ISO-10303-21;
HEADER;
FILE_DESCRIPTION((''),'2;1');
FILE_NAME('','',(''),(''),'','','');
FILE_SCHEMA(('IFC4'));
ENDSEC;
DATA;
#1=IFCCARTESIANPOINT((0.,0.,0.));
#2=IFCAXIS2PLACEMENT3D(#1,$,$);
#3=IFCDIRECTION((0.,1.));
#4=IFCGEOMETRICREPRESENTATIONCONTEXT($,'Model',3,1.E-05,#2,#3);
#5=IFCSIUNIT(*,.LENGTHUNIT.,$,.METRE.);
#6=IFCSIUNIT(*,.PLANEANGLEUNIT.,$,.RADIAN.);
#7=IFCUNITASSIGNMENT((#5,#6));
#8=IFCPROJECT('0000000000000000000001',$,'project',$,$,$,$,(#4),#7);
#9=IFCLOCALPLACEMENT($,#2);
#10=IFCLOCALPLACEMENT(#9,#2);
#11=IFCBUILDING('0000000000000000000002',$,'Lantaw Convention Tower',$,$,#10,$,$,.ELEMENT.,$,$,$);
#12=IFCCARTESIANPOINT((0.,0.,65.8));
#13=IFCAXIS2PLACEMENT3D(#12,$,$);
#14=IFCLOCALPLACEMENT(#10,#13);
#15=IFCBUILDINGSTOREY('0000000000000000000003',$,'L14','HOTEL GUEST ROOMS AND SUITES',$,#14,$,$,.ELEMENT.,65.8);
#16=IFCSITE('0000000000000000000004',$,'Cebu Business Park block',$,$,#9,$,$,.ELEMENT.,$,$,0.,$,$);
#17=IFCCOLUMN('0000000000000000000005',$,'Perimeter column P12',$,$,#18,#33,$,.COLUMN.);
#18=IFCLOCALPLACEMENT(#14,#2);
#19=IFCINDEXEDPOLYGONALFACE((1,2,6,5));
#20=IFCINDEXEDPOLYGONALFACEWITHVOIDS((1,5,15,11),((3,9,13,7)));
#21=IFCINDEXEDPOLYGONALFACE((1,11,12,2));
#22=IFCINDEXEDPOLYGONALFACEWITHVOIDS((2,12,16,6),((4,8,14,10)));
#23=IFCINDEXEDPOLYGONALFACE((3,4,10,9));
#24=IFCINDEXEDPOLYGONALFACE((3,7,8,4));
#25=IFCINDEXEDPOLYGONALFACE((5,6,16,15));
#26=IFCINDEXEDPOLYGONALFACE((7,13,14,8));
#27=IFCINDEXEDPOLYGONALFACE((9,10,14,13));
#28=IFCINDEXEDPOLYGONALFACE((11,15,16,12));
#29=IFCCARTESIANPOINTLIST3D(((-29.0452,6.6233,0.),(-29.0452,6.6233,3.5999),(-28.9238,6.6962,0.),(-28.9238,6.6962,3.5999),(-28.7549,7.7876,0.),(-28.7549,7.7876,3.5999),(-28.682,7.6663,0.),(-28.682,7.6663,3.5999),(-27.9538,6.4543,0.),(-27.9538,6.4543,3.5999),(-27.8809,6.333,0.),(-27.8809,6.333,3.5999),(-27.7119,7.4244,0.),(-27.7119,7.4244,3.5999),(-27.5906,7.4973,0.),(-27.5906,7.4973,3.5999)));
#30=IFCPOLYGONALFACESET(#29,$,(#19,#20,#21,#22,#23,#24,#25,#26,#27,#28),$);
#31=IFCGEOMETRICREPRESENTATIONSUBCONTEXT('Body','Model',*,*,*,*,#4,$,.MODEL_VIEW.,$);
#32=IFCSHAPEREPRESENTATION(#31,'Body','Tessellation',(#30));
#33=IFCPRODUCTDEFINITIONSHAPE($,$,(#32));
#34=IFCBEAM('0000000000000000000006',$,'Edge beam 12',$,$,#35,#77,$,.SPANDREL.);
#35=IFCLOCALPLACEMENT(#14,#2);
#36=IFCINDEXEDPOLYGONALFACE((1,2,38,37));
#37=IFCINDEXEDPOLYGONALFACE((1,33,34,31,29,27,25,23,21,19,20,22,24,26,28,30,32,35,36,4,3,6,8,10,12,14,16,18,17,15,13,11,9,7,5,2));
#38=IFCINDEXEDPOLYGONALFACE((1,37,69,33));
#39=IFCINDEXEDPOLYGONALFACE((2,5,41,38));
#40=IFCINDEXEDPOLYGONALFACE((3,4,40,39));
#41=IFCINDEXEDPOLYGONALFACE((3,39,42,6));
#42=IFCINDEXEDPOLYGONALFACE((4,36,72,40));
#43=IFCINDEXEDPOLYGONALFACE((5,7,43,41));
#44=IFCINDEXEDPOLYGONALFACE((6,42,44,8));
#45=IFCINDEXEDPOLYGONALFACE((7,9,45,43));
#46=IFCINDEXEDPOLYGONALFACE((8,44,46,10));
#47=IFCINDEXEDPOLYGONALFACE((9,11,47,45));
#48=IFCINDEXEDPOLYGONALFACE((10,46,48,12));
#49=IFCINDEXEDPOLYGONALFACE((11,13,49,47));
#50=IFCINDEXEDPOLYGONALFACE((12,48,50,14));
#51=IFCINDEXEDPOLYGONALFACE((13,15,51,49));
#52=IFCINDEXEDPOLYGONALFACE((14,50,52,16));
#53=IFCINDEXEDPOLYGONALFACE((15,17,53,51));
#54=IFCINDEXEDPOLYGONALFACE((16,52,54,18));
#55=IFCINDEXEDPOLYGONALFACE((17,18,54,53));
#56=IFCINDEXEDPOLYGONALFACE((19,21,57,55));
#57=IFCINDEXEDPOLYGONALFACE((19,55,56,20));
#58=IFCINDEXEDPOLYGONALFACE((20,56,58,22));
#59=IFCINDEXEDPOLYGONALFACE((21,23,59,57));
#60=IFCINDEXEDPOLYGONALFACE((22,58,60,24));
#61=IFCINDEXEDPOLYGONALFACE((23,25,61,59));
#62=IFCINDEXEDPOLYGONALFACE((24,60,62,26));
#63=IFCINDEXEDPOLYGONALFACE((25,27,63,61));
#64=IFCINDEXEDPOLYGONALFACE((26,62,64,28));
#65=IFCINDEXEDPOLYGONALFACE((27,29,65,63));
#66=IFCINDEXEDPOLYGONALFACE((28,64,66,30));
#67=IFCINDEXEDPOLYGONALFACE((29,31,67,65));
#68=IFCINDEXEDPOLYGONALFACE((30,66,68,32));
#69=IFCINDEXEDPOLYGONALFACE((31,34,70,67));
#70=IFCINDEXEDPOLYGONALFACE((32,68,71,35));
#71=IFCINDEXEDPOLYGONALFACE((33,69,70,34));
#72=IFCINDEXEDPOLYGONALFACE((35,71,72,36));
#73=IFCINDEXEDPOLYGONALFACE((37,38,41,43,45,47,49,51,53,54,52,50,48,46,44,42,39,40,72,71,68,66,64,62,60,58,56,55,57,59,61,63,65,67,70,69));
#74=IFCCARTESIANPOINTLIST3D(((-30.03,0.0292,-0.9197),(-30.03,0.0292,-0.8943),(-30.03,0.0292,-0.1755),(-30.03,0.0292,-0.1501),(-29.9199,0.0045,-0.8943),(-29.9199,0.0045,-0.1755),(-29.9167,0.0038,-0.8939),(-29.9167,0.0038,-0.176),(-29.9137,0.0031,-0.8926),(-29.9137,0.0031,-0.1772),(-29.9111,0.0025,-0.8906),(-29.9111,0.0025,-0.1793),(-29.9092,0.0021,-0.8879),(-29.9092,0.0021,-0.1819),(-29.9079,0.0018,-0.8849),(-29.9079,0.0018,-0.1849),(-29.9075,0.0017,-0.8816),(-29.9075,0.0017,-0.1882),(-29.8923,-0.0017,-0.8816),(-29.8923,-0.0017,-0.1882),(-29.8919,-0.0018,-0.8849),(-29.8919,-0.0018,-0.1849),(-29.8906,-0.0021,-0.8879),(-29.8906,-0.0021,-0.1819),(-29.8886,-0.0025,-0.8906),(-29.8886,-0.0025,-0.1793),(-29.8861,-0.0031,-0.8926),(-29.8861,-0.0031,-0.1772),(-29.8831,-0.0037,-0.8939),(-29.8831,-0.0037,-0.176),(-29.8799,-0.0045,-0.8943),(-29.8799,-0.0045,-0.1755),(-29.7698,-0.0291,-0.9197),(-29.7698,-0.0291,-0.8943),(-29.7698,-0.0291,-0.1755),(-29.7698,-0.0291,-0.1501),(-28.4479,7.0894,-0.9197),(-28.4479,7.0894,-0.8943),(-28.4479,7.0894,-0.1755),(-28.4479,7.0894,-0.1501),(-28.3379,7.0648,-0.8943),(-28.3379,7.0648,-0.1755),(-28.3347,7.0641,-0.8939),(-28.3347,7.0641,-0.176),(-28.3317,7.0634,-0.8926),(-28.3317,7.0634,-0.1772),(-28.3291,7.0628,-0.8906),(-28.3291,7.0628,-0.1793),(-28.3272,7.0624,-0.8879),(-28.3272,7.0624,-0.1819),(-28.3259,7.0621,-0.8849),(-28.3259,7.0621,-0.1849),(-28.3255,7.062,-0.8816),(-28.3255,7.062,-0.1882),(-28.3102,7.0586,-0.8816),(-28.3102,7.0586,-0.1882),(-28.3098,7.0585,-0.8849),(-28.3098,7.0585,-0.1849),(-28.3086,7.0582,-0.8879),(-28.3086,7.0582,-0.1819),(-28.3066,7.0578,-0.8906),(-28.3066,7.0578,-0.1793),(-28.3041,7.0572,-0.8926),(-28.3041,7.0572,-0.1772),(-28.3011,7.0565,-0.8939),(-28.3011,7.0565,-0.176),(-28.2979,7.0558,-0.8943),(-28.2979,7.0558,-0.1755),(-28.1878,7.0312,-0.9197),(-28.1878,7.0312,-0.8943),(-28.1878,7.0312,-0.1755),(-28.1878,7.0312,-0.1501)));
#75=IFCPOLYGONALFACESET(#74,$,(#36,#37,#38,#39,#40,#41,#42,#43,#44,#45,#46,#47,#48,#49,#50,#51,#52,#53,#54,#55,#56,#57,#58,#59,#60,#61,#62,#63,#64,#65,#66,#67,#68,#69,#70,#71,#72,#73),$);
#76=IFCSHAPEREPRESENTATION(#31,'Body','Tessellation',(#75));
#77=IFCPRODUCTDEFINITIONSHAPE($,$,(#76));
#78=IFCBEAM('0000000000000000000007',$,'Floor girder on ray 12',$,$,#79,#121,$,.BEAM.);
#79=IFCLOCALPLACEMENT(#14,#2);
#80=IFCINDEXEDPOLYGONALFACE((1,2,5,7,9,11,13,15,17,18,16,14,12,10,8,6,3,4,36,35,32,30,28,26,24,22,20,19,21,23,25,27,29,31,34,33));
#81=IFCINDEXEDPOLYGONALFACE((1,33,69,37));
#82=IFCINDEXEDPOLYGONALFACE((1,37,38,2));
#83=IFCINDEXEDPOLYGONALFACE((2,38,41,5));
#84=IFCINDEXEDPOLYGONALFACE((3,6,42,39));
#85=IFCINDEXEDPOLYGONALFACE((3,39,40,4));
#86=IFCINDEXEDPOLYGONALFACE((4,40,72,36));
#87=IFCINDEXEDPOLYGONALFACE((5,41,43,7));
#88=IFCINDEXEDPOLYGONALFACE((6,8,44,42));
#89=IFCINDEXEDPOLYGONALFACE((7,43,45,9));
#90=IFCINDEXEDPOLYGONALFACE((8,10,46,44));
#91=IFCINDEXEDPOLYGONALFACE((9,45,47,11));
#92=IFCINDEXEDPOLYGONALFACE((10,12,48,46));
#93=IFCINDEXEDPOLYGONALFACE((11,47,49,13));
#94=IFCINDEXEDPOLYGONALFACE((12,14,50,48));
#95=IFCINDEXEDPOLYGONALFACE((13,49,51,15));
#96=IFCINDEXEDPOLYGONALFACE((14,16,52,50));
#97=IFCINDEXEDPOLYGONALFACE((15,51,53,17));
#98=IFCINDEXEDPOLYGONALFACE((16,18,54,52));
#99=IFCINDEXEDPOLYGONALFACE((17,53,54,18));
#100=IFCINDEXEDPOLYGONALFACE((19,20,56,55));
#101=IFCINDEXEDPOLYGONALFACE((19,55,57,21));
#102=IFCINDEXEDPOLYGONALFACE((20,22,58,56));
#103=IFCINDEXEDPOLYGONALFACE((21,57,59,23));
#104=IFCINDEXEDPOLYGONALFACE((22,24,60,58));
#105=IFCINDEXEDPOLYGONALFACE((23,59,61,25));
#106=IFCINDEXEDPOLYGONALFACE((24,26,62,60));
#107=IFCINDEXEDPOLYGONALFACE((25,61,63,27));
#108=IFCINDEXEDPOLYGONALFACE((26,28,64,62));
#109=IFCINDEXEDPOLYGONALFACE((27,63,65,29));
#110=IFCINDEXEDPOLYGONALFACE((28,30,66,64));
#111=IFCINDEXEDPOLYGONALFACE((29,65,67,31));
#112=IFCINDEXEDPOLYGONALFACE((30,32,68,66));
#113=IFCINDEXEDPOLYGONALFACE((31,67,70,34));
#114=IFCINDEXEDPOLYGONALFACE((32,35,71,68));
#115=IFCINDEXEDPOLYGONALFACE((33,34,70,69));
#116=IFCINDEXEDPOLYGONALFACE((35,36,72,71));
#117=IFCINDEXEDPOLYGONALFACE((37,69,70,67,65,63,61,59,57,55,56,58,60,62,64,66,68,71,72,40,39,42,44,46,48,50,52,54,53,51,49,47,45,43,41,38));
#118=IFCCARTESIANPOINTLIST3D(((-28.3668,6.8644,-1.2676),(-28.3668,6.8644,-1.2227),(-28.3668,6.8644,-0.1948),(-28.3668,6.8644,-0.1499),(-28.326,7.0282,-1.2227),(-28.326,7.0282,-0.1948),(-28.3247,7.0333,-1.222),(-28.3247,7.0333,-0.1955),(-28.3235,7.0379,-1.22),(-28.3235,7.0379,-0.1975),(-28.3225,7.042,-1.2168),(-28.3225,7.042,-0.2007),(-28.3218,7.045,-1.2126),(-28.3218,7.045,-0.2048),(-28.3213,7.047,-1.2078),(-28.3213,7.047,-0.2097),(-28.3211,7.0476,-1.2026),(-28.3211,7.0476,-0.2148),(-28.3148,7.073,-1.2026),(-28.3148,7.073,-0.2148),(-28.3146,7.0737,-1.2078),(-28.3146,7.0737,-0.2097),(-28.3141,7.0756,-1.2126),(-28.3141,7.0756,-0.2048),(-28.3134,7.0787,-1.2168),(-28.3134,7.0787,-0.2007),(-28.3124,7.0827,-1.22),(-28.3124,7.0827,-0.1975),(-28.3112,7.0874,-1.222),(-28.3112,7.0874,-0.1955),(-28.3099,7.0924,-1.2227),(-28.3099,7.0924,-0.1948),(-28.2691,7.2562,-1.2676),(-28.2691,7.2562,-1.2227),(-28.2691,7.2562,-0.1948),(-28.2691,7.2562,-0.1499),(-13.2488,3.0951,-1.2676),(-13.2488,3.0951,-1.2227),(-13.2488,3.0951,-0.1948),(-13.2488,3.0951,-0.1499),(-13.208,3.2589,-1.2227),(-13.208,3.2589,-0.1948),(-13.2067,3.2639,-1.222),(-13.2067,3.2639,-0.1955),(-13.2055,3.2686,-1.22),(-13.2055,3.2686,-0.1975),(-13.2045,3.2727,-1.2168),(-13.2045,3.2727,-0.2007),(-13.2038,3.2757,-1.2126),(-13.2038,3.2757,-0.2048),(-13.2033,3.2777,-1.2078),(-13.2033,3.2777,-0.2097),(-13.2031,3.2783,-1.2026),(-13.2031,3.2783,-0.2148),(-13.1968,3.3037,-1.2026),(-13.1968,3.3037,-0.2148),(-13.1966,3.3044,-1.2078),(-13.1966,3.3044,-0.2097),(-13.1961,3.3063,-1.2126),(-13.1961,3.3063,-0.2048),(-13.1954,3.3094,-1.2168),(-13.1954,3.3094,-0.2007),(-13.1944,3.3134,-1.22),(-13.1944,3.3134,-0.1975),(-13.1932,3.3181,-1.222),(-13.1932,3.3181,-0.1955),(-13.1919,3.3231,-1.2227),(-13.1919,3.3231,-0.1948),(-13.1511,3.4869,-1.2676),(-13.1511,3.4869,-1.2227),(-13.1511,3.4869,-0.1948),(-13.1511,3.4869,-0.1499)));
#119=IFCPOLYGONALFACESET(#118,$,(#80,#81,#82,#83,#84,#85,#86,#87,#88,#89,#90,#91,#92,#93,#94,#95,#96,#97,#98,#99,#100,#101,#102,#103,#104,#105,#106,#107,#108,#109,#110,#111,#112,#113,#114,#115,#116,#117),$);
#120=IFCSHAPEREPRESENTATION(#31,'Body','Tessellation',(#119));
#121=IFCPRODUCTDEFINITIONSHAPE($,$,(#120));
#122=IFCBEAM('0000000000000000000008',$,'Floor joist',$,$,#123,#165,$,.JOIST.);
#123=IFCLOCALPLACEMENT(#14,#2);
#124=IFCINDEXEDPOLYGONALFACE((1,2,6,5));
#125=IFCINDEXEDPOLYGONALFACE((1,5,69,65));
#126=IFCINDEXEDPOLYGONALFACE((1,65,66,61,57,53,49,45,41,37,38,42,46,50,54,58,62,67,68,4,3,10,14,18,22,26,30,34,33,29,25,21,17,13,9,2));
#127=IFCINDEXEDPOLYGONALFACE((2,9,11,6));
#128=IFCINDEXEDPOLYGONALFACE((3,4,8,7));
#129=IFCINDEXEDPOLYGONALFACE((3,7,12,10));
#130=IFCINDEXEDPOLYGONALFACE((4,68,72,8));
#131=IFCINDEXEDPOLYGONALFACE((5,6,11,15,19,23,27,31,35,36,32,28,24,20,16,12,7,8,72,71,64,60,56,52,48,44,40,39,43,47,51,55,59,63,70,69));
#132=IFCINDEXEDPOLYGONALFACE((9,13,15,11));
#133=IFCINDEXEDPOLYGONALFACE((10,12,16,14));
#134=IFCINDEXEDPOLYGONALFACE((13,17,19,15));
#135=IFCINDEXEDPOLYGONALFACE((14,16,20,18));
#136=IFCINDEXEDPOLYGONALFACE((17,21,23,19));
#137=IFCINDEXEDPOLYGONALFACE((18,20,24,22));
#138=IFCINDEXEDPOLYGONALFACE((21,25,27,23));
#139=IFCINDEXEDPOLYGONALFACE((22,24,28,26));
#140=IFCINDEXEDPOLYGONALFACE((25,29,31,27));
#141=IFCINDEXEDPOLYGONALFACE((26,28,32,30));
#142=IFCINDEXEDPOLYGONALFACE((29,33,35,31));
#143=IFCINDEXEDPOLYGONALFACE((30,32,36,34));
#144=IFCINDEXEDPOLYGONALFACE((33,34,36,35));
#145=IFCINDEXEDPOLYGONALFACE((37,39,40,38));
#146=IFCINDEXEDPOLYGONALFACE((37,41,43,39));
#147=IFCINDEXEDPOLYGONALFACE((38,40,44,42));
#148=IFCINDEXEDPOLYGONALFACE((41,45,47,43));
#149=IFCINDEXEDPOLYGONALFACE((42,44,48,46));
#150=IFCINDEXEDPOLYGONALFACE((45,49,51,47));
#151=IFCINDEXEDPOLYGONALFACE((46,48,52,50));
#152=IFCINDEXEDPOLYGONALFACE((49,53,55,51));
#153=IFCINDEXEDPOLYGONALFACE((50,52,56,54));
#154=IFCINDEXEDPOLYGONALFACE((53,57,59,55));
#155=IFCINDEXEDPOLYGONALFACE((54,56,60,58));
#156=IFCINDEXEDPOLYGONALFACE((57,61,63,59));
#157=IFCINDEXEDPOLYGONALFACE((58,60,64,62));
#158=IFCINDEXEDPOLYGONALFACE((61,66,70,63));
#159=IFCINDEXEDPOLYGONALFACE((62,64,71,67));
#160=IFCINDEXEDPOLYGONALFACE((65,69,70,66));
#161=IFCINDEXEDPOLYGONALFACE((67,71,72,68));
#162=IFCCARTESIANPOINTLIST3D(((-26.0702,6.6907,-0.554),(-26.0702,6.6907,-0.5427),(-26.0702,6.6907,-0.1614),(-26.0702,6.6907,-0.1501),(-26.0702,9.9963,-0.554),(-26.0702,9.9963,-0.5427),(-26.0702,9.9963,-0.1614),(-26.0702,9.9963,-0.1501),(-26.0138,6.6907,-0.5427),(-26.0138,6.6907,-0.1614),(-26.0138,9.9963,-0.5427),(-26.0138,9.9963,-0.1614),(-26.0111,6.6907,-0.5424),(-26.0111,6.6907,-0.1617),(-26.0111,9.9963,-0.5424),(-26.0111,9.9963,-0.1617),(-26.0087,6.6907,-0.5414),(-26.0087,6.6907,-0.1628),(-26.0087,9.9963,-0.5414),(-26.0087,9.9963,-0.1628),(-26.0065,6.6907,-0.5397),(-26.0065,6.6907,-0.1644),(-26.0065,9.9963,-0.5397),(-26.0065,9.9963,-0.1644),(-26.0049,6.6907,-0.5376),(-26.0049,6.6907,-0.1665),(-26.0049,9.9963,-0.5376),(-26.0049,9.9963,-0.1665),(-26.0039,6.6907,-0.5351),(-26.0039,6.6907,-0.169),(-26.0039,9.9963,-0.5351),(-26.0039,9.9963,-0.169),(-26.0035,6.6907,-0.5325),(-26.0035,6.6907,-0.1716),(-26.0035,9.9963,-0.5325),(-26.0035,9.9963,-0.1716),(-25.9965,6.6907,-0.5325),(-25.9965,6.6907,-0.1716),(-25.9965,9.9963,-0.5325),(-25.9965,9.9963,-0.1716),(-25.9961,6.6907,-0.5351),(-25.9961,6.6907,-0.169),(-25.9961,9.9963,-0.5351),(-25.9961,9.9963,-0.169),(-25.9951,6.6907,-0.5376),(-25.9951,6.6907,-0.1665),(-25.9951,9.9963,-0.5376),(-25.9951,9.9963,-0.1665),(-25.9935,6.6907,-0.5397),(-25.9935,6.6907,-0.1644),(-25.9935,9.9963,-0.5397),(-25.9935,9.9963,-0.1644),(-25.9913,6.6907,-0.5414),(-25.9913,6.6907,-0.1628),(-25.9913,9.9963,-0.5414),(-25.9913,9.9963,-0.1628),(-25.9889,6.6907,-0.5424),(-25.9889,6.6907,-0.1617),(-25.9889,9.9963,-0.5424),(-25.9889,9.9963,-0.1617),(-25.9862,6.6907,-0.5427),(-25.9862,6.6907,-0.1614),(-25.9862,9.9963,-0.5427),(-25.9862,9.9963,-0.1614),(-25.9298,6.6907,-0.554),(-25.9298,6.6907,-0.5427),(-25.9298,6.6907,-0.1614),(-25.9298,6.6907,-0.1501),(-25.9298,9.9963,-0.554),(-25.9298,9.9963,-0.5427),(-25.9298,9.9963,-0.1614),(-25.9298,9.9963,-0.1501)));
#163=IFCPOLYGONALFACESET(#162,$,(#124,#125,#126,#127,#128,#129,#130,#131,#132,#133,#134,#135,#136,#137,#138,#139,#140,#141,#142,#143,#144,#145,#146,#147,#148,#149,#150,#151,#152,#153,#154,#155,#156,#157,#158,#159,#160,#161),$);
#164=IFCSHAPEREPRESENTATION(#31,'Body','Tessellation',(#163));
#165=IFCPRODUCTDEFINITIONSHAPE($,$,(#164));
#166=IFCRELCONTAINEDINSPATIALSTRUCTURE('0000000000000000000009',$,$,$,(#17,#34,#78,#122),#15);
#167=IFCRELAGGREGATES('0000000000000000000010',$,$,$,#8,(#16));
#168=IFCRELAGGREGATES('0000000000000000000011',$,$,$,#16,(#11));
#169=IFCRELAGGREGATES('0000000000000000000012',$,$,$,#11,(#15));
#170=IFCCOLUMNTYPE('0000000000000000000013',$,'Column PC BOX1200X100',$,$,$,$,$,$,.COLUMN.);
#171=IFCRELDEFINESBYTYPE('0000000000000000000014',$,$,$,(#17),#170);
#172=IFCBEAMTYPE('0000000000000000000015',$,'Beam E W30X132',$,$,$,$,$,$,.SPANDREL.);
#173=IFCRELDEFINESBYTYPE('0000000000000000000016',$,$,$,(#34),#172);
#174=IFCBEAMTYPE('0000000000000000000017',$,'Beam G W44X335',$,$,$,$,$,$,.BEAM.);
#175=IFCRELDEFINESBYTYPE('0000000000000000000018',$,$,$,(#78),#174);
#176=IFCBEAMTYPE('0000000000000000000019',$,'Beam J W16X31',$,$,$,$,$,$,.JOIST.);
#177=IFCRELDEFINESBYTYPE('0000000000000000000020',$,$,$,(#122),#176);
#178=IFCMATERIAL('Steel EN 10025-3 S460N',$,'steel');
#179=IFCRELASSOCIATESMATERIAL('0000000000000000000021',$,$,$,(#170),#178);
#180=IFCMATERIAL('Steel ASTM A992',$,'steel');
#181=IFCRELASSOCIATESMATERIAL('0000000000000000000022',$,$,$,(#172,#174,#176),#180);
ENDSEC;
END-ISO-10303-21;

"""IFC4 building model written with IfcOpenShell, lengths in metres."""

from ifc_helpers import new_model, si_unit, direction, frame, origin, origin_2d, place, context, subcontext, project, spatial, rectangle, hollow_rectangle, i_section, extrude, material, material_profile, profile_set, type_object, element, save


model = new_model("IFC4")

# Units and contexts
model_context = context("Model", 3, precision=1e-05, world=origin(), true_north=direction((0.0, 1.0)))
body_context = subcontext(model_context, "Body", "Model", "MODEL_VIEW")
ifc_project = project(units=[si_unit("LENGTHUNIT", "METRE"), si_unit("PLANEANGLEUNIT", "RADIAN")], contexts=[model_context])

# Site, building, storey
site_placement = place(None, origin())
site = spatial("IfcSite", under=ifc_project, at=site_placement, Name="Cebu Business Park block", CompositionType="ELEMENT", RefElevation=0.0)
building_placement = place(site_placement, origin())
building = spatial("IfcBuilding", under=site, at=building_placement, Name="Lantaw Convention Tower", CompositionType="ELEMENT")
storey_placement = place(building_placement, frame((0.0, 0.0, 65.8)))
storey = spatial("IfcBuildingStorey", under=building, at=storey_placement, Name="L14", Description="HOTEL GUEST ROOMS AND SUITES", CompositionType="ELEMENT", Elevation=65.8)

# Column
ifc_material_1 = material(Name="Steel EN 10025-3 S460N", Category="steel")
ifc_material_profile_1 = material_profile(ifc_material_1, hollow_rectangle(XDim=1.2, YDim=1.2, WallThickness=0.1001, at=origin_2d()), Name="BOX1200X100")
ifc_material_2 = material(Name="Concrete C60/75", Category="concrete")
ifc_material_profile_2 = material_profile(ifc_material_2, rectangle(XDim=1.0, YDim=1.0, at=origin_2d()), Name="Concrete fill of BOX1200X100")
ifc_profile_set_1 = profile_set([ifc_material_profile_1, ifc_material_profile_2], Name="Steel EN 10025-3 S460N")
column_type = type_object("IfcColumnType", Name="Column PC BOX1200X100", PredefinedType="COLUMN", material=ifc_profile_set_1)
column_placement = place(storey_placement, frame((-28.3179, 7.0603, 0.0), z_axis=(0.0, 0.0, 1.0), x_axis=(0.241922, 0.970296, 0.0)))
element("IfcColumn", 1, at=column_placement, inside=storey, type_object=column_type, Name="Perimeter column P12", PredefinedType="COLUMN", context=body_context, shape_type="SweptSolid", body=[
    extrude(hollow_rectangle(XDim=1.2, YDim=1.2, WallThickness=0.1001, at=origin_2d()), origin(), (0.0, 0.0, 1.0), 3.5999),
])

# Beams
ifc_material_3 = material(Name="Steel ASTM A992", Category="steel")
ifc_material_profile_3 = material_profile(ifc_material_3, i_section(OverallWidth=0.2666, OverallDepth=0.7695, WebThickness=0.0156, FlangeThickness=0.0254, FilletRadius=0.0127, at=origin_2d()), Name="W30X132")
ifc_profile_set_2 = profile_set([ifc_material_profile_3], Name="Steel ASTM A992")
beam_type_1 = type_object("IfcBeamType", Name="Beam E W30X132", PredefinedType="SPANDREL", material=ifc_profile_set_2)
beam_1_placement = place(storey_placement, frame((-28.3179, 7.0603, -0.5349), z_axis=(-0.218652, -0.975803, 0.0), x_axis=(0.975803, -0.218652, 0.0)))
element("IfcBeam", 2, at=beam_1_placement, inside=storey, type_object=beam_type_1, Name="Edge beam 12", PredefinedType="SPANDREL", context=body_context, shape_type="SweptSolid", body=[
    extrude(i_section(OverallWidth=0.2666, OverallDepth=0.7695, WebThickness=0.0156, FlangeThickness=0.0254, FilletRadius=0.0127, at=origin_2d()), origin(), (0.0, 0.0, 1.0), 7.2354),
])
ifc_material_profile_4 = material_profile(ifc_material_3, i_section(OverallWidth=0.4038, OverallDepth=1.1177, WebThickness=0.0261, FlangeThickness=0.0449, FilletRadius=0.02, at=origin_2d()), Name="W44X335")
ifc_profile_set_3 = profile_set([ifc_material_profile_4], Name="Steel ASTM A992")
beam_type_2 = type_object("IfcBeamType", Name="Beam G W44X335", PredefinedType="BEAM", material=ifc_profile_set_3)
beam_2_placement = place(storey_placement, frame((-13.2, 3.291, -0.7087), z_axis=(-0.970296, 0.24192, 0.0), x_axis=(-0.24192, -0.970296, 0.0)))
element("IfcBeam", 3, at=beam_2_placement, inside=storey, type_object=beam_type_2, Name="Floor girder on ray 12", PredefinedType="BEAM", context=body_context, shape_type="SweptSolid", body=[
    extrude(i_section(OverallWidth=0.4038, OverallDepth=1.1177, WebThickness=0.0261, FlangeThickness=0.0449, FilletRadius=0.02, at=origin_2d()), origin(), (0.0, 0.0, 1.0), 15.5808),
])
ifc_material_profile_5 = material_profile(ifc_material_3, i_section(OverallWidth=0.1404, OverallDepth=0.4038, WebThickness=0.0071, FlangeThickness=0.0112, FilletRadius=0.0103, at=origin_2d()), Name="W16X31")
ifc_profile_set_4 = profile_set([ifc_material_profile_5], Name="Steel ASTM A992")
beam_type_3 = type_object("IfcBeamType", Name="Beam J W16X31", PredefinedType="JOIST", material=ifc_profile_set_4)
beam_3_placement = place(storey_placement, frame((-26.0, 6.6907, -0.3521), z_axis=(0.0, 1.0, 0.0), x_axis=(-1.0, 0.0, 0.0)))
element("IfcBeam", 4, at=beam_3_placement, inside=storey, type_object=beam_type_3, Name="Floor joist", PredefinedType="JOIST", context=body_context, shape_type="SweptSolid", body=[
    extrude(i_section(OverallWidth=0.1404, OverallDepth=0.4038, WebThickness=0.0071, FlangeThickness=0.0112, FilletRadius=0.0103, at=origin_2d()), origin(), (0.0, 0.0, 1.0), 3.3057),
])

save(model, "model.ifc")
